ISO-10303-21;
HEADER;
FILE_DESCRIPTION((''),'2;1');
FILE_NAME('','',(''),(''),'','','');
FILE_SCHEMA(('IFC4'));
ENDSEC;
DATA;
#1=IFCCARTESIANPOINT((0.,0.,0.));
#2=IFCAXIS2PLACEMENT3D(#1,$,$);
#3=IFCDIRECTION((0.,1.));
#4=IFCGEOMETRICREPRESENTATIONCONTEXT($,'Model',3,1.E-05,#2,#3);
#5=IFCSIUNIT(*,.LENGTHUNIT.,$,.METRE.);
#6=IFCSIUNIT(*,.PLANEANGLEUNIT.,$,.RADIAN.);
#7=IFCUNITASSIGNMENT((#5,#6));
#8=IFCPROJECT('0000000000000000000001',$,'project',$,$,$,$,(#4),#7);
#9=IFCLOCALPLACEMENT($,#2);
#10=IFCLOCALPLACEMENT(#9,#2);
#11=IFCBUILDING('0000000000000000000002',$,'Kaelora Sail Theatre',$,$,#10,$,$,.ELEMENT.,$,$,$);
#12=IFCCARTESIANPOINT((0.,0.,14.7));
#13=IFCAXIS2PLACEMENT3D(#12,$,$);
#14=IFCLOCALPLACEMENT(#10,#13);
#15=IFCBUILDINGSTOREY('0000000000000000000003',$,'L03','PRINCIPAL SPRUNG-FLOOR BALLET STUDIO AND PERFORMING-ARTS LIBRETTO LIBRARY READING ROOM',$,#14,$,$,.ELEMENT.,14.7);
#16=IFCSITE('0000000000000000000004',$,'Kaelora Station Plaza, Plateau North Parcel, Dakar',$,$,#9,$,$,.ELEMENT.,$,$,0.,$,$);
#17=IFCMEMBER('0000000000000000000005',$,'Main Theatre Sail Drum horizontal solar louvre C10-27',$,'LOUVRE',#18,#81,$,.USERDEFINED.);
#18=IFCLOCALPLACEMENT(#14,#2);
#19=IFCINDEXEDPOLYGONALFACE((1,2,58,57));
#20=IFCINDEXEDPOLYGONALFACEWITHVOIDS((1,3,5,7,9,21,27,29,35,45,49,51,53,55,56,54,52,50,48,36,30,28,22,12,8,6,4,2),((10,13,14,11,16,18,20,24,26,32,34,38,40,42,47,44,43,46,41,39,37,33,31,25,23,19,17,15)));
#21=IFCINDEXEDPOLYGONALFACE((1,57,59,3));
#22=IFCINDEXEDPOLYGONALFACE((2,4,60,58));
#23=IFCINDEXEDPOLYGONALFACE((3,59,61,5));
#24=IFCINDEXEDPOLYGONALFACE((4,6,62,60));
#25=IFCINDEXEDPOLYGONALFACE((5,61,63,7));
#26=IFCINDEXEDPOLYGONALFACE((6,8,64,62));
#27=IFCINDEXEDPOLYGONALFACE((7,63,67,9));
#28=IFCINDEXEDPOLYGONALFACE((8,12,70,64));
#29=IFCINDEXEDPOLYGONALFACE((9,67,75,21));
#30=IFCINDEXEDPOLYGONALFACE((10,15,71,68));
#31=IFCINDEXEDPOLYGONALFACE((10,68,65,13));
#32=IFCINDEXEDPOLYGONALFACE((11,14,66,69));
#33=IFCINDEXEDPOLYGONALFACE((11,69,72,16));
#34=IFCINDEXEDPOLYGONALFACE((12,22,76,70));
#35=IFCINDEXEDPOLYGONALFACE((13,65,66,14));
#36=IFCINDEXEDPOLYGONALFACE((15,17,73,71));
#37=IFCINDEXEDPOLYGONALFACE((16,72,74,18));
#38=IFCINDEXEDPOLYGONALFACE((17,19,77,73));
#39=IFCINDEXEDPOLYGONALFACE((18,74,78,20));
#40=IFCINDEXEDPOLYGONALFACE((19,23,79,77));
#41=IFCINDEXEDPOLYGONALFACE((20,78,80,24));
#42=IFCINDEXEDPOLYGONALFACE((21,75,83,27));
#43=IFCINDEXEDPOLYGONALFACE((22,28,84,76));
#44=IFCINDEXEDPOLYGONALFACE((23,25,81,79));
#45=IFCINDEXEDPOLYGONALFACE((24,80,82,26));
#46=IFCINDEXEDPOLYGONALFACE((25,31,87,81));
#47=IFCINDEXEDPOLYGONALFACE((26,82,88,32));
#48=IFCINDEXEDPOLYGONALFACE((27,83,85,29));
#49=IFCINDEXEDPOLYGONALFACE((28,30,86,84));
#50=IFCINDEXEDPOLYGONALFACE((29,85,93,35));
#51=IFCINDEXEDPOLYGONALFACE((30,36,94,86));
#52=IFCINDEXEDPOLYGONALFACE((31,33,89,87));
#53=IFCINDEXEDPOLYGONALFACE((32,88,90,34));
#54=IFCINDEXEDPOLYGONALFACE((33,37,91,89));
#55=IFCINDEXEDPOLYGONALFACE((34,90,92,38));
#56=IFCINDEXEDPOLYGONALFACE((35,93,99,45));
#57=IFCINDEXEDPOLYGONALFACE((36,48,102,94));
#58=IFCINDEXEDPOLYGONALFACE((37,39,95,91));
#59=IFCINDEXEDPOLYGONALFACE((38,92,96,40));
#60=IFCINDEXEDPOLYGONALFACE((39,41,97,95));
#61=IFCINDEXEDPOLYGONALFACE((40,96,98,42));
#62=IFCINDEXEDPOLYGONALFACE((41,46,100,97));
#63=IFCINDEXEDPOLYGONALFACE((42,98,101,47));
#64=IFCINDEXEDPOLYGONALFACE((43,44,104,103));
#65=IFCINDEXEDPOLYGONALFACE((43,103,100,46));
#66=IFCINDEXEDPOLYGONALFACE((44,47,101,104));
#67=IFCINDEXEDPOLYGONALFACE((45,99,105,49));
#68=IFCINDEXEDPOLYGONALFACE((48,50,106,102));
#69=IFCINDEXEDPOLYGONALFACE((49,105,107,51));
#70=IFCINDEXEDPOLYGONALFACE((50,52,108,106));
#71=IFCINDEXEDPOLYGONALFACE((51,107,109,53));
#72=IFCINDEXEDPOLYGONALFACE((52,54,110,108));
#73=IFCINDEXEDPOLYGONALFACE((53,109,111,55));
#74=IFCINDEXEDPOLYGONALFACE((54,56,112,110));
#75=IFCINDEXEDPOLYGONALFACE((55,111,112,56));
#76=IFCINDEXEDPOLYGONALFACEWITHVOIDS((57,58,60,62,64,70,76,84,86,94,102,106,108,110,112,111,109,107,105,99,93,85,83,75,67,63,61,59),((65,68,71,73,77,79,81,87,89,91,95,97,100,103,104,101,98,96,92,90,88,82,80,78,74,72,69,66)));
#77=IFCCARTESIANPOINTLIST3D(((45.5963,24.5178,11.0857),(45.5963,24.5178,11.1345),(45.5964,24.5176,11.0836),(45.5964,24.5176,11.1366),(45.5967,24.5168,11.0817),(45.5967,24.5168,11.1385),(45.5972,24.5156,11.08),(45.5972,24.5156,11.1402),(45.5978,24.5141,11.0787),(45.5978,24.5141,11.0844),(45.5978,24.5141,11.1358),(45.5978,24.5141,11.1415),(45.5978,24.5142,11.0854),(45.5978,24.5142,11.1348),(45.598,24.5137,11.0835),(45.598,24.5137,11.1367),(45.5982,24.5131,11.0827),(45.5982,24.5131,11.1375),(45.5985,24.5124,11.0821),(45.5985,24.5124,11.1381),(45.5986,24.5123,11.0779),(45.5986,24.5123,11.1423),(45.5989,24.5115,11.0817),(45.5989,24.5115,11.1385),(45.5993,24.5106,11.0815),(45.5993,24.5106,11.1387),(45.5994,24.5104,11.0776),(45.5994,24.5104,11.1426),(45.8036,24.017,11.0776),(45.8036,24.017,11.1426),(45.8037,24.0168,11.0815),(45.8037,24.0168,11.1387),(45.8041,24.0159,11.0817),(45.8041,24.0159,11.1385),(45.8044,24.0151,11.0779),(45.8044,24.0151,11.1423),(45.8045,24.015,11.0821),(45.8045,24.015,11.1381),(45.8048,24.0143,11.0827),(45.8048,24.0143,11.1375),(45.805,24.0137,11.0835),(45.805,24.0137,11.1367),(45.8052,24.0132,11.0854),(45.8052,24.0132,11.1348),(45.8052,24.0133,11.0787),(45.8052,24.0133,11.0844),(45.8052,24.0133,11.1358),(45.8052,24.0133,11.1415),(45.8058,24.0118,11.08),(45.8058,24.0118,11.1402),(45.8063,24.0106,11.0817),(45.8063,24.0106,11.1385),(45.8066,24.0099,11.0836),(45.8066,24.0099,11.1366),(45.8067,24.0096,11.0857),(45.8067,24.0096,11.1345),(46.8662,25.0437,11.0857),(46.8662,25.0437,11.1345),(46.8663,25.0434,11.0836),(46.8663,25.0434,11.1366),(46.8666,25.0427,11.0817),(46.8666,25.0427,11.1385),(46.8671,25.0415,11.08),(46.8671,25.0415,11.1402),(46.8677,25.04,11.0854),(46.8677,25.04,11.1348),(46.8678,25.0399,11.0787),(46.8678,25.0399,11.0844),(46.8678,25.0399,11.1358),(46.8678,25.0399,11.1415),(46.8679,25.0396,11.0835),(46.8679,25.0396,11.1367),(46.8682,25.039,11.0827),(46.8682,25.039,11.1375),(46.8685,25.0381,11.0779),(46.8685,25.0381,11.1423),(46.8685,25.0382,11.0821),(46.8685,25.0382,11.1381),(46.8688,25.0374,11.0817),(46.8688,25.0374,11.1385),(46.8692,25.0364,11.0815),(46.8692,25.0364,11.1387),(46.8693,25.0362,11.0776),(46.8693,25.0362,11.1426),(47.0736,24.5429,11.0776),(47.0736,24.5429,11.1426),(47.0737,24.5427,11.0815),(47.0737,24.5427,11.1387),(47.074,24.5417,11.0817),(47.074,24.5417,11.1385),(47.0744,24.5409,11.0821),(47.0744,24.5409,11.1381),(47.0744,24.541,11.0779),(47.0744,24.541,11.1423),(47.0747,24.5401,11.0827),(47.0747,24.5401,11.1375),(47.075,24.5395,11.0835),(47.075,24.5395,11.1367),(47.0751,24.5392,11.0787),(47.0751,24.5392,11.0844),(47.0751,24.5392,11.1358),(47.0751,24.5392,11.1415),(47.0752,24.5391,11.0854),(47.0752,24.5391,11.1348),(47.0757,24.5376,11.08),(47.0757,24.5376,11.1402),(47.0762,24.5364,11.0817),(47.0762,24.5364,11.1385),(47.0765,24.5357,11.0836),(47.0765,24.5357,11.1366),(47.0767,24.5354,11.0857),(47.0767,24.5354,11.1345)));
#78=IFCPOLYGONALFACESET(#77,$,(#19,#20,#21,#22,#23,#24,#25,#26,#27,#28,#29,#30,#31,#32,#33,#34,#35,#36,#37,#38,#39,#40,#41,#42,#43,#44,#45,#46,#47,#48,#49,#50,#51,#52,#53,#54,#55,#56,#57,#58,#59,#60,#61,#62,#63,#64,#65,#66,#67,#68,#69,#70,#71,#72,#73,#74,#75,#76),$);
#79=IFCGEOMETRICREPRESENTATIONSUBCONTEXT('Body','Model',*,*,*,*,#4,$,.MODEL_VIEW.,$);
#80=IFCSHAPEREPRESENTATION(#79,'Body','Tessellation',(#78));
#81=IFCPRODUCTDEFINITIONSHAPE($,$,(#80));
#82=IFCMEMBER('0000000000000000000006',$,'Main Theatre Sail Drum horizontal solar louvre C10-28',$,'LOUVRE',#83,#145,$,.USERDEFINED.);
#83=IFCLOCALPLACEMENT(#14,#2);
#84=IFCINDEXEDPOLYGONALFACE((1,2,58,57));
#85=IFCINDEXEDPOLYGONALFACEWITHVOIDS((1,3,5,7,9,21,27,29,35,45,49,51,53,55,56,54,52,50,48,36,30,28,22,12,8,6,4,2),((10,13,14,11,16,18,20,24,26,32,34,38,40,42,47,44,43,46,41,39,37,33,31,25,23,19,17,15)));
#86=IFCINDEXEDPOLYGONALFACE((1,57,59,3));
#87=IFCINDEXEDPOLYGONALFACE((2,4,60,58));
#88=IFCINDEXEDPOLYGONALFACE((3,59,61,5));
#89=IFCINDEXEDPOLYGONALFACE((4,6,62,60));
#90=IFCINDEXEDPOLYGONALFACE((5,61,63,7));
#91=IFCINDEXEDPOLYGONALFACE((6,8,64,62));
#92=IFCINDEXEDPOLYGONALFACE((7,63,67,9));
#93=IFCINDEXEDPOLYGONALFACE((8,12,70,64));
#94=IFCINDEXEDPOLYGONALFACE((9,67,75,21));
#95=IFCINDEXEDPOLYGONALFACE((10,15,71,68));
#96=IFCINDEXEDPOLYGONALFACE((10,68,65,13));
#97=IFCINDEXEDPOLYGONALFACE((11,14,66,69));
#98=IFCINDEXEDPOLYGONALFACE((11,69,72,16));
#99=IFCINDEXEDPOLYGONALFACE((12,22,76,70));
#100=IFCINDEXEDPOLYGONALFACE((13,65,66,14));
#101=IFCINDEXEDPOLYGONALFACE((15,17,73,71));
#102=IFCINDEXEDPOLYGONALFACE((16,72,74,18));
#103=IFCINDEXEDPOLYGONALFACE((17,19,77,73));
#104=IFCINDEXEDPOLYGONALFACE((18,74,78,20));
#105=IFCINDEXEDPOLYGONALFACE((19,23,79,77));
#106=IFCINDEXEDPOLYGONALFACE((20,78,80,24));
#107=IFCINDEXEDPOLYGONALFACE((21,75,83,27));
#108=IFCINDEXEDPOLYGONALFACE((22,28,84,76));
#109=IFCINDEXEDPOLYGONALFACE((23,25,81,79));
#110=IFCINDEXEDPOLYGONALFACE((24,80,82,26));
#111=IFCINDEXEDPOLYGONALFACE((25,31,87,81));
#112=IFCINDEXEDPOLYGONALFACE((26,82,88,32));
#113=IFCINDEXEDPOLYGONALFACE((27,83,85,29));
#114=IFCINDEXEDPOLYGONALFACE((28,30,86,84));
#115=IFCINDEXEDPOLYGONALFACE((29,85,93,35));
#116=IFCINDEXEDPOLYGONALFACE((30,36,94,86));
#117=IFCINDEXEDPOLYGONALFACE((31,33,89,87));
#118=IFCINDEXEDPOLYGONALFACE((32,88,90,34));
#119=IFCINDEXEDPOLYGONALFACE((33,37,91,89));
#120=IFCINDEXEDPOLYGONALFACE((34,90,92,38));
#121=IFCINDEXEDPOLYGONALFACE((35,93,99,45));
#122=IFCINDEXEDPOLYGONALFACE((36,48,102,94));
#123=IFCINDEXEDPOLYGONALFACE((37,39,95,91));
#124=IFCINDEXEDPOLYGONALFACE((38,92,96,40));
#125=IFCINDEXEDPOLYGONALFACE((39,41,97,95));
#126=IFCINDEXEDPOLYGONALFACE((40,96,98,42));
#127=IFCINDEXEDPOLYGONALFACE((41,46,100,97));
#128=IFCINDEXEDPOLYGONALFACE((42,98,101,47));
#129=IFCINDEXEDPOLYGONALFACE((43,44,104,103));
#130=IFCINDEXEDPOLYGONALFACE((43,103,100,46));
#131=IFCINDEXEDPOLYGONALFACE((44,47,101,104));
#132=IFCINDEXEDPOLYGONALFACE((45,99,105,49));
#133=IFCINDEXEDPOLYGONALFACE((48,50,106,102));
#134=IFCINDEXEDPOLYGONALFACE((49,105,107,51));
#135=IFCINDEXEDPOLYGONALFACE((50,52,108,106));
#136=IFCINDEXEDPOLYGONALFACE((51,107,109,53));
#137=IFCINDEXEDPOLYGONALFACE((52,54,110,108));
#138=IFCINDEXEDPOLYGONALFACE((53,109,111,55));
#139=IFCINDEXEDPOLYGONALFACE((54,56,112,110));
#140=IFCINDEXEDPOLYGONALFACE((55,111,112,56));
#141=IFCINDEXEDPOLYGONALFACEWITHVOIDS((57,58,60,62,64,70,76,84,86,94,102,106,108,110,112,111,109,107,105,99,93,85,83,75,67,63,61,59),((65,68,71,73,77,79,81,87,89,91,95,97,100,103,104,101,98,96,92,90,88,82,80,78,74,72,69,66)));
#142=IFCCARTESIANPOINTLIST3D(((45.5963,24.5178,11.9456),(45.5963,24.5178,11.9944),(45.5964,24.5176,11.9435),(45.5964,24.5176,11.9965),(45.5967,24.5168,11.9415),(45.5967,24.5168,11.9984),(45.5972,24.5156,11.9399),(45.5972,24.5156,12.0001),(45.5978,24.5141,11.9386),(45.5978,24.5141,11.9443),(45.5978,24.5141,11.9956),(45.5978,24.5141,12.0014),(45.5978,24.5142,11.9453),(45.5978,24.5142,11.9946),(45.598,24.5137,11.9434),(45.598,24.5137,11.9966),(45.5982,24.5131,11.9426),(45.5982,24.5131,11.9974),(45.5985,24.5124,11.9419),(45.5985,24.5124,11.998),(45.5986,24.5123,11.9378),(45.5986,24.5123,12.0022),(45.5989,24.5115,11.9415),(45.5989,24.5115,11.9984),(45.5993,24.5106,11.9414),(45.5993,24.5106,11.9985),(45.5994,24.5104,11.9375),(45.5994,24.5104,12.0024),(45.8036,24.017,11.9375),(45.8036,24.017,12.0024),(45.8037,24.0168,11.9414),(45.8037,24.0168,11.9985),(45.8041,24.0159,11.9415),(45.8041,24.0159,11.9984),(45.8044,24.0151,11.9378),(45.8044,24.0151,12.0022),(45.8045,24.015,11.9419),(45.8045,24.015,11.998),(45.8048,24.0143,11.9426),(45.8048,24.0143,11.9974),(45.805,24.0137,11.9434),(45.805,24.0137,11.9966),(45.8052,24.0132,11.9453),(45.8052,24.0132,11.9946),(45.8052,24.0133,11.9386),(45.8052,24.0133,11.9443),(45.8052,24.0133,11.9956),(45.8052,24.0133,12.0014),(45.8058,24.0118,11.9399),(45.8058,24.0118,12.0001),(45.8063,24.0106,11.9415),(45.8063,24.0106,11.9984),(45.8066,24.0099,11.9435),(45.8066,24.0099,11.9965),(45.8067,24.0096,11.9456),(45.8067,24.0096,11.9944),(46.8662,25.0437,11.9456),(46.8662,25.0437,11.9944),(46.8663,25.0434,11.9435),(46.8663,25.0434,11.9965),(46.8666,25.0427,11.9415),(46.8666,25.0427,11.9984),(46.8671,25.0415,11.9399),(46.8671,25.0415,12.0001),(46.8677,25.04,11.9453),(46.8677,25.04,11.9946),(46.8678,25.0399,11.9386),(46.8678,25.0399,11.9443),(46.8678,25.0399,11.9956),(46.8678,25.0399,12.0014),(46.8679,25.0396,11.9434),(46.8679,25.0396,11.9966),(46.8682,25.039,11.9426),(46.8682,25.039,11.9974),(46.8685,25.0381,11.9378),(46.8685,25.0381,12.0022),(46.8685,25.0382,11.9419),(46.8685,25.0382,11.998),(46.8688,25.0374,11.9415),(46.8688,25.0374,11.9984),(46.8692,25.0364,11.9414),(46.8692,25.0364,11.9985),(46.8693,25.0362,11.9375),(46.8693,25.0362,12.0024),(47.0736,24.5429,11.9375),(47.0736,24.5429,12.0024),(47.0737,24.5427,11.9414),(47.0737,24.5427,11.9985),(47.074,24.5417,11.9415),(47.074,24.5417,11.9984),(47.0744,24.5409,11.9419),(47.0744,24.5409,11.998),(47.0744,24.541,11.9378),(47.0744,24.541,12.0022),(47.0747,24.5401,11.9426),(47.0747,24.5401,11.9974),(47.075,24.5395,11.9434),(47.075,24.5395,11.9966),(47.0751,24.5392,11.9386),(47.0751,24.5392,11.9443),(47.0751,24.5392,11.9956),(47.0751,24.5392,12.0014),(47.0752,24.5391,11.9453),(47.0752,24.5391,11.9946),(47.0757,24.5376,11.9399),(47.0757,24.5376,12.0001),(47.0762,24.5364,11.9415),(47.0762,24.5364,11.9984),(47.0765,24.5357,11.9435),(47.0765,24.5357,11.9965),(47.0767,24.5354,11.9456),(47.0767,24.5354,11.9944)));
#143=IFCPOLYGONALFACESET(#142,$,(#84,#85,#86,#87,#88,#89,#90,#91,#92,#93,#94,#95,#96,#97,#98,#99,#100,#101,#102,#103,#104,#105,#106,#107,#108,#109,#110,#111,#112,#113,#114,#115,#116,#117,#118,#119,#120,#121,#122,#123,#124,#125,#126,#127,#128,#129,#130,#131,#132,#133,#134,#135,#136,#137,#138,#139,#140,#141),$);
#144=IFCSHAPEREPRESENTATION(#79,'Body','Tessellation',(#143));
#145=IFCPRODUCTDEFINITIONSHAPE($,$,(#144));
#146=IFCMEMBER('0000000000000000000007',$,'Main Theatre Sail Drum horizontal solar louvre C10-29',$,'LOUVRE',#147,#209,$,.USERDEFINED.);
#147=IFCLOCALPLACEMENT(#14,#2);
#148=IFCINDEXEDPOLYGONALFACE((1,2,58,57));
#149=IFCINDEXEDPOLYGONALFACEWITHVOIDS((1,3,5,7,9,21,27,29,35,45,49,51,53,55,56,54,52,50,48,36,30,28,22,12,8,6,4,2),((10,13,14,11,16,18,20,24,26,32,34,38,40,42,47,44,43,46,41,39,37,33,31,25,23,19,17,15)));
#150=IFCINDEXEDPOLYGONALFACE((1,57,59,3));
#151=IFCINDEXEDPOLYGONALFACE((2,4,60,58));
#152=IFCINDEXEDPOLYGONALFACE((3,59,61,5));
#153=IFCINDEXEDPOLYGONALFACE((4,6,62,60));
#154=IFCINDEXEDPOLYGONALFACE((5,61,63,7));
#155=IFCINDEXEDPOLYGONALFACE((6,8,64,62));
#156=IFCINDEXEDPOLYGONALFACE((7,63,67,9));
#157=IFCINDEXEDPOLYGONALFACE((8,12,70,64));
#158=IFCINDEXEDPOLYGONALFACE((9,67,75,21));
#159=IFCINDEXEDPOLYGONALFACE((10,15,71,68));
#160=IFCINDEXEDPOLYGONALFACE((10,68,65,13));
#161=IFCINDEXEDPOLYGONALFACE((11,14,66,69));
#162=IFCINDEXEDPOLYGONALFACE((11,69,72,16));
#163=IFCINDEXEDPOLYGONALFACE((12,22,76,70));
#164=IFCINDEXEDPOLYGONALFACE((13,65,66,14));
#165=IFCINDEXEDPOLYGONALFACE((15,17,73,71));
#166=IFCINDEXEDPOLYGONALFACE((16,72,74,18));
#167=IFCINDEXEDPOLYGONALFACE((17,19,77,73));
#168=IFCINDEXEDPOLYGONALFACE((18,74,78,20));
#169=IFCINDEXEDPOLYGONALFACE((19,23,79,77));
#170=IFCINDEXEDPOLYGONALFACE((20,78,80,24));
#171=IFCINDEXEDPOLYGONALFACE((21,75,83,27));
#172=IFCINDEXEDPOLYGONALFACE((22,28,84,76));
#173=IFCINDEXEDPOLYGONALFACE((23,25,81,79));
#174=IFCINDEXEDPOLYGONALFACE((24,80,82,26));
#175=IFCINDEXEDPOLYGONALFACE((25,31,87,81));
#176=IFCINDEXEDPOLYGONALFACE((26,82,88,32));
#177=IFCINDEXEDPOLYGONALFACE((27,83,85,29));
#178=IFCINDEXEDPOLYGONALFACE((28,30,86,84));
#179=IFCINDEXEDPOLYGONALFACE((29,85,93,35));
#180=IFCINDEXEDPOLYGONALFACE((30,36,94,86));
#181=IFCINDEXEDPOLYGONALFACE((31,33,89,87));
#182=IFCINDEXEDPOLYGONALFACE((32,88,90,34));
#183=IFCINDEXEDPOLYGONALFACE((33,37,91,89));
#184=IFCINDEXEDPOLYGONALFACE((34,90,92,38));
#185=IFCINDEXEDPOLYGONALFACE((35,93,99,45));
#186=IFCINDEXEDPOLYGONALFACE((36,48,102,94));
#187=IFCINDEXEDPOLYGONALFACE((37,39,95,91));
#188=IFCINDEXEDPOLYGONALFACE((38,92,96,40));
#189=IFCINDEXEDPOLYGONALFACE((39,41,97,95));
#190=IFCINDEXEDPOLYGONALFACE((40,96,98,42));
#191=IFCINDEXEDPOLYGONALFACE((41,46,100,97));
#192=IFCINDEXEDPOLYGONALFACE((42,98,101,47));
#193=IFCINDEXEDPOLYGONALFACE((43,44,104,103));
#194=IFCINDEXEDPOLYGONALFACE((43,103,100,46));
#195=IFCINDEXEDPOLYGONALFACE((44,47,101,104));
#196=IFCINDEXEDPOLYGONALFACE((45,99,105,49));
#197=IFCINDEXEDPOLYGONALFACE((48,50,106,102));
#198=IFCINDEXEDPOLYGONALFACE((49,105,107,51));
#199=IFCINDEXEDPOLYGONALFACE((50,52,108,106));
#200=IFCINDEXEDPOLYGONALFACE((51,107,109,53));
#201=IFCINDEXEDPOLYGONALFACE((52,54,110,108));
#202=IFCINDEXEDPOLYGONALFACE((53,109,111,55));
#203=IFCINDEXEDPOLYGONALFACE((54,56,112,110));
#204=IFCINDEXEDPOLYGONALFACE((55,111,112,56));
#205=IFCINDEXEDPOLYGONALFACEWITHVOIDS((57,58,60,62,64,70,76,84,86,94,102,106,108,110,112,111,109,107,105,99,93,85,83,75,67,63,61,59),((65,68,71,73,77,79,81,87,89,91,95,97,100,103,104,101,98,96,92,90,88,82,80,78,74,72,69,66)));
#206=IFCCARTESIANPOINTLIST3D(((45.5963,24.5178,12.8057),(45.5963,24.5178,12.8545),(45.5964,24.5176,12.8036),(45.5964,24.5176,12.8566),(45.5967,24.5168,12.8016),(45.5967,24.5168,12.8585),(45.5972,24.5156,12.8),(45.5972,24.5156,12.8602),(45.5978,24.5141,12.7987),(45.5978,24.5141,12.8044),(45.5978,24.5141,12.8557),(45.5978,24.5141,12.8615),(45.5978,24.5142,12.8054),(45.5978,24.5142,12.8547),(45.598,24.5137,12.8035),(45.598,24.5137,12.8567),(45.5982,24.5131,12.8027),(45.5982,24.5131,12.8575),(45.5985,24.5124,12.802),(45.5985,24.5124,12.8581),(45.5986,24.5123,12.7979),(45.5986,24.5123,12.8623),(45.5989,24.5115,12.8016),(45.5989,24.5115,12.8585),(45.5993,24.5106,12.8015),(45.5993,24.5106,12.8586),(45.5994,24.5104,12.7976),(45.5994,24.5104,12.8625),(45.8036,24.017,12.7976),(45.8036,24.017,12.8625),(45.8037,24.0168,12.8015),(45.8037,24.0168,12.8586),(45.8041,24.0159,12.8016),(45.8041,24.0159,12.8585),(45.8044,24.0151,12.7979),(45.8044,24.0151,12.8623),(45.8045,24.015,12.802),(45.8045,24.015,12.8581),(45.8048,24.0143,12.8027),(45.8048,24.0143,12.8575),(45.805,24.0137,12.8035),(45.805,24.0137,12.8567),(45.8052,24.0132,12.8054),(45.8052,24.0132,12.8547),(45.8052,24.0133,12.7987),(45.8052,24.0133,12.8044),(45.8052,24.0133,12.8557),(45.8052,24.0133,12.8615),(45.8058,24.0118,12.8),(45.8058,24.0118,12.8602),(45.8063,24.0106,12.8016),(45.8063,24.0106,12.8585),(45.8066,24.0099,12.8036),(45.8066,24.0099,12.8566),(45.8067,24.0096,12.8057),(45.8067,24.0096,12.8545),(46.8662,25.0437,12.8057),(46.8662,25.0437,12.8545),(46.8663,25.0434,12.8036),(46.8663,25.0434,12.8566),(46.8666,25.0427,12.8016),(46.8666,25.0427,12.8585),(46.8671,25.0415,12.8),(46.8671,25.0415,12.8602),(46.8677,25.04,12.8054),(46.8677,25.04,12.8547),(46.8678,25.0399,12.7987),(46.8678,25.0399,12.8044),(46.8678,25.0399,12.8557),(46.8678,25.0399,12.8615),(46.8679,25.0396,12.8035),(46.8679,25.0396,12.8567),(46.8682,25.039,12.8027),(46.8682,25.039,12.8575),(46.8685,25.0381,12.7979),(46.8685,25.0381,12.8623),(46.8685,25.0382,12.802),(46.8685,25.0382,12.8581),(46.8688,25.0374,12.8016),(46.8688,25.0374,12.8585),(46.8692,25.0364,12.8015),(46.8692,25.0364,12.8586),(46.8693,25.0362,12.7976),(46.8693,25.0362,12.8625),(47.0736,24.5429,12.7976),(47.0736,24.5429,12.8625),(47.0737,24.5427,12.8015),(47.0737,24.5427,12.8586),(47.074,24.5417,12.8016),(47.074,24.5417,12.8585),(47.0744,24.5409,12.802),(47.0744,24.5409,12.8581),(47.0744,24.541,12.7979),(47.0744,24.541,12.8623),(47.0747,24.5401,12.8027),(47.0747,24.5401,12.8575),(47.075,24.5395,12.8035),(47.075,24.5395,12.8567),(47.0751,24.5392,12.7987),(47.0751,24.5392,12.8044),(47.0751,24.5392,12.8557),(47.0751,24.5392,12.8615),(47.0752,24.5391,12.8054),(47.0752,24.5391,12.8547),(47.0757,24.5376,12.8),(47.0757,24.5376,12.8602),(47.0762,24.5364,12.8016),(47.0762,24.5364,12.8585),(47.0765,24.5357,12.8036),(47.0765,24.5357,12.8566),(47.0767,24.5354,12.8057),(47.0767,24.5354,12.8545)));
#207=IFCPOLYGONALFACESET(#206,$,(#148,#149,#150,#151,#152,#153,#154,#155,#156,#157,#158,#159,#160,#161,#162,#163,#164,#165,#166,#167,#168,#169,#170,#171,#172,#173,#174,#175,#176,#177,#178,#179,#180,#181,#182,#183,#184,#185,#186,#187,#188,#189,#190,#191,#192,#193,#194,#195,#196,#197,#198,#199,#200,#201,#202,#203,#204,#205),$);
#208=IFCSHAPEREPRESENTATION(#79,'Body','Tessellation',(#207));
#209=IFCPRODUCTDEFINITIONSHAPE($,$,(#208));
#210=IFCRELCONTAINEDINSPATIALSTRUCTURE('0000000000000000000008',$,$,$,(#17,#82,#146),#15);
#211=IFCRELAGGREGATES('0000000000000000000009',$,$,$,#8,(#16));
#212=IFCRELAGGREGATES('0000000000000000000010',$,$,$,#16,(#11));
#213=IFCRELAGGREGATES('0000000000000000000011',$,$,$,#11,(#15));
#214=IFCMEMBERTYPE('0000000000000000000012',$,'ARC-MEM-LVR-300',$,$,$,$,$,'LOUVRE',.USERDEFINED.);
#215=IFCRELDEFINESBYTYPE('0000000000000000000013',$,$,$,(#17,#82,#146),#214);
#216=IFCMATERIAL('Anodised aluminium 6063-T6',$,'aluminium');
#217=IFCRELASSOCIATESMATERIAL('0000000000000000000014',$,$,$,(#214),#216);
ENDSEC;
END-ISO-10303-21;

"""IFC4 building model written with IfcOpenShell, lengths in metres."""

from ifc_helpers import new_model, si_unit, direction, frame, origin, origin_2d, place, context, subcontext, project, spatial, hollow_rectangle, extrude, material, material_profile, profile_set, type_object, element, save


model = new_model("IFC4")

# Units and contexts
model_context = context("Model", 3, precision=1e-05, world=origin(), true_north=direction((0.0, 1.0)))
body_context = subcontext(model_context, "Body", "Model", "MODEL_VIEW")
ifc_project = project(units=[si_unit("LENGTHUNIT", "METRE"), si_unit("PLANEANGLEUNIT", "RADIAN")], contexts=[model_context])

# Site, building, storey
site_placement = place(None, origin())
site = spatial("IfcSite", under=ifc_project, at=site_placement, Name="Kaelora Station Plaza, Plateau North Parcel, Dakar", CompositionType="ELEMENT", RefElevation=0.0)
building_placement = place(site_placement, origin())
building = spatial("IfcBuilding", under=site, at=building_placement, Name="Kaelora Sail Theatre", CompositionType="ELEMENT")
storey_placement = place(building_placement, frame((0.0, 0.0, 14.7)))
storey = spatial("IfcBuildingStorey", under=building, at=storey_placement, Name="L03", Description="PRINCIPAL SPRUNG-FLOOR BALLET STUDIO AND PERFORMING-ARTS LIBRETTO LIBRARY READING ROOM", CompositionType="ELEMENT", Elevation=14.7)

# Members
ifc_material = material(Name="Anodised aluminium 6063-T6", Category="aluminium")
ifc_material_profile = material_profile(ifc_material, hollow_rectangle(XDim=0.55, YDim=0.0649, WallThickness=0.0039, InnerFilletRadius=0.0039, OuterFilletRadius=0.0081, at=origin_2d()), Name="LOUVRE 550x65x4")
ifc_profile_set = profile_set([ifc_material_profile], Name="Anodised aluminium 6063-T6")
member_type = type_object("IfcMemberType", Name="ARC-MEM-LVR-300", ElementType="LOUVRE", PredefinedType="USERDEFINED", material=ifc_profile_set)
for number, where, z_axis, x_axis, name in (
    (1, (46.9714, 24.7896, 11.1101), (-0.923926, -0.382571, 0.0), (0.382571, -0.923926, 0.0), "Main Theatre Sail Drum horizontal solar louvre C10-27"),
    (2, (46.9714, 24.7896, 11.97), (-0.923926, -0.382571, 0.0), (0.382571, -0.923926, 0.0), "Main Theatre Sail Drum horizontal solar louvre C10-28"),
    (3, (46.9714, 24.7896, 12.8301), (-0.923926, -0.382571, 0.0), (0.382571, -0.923926, 0.0), "Main Theatre Sail Drum horizontal solar louvre C10-29"),
):
    element("IfcMember", number, at=place(storey_placement, frame(where, z_axis=z_axis, x_axis=x_axis)), inside=storey, type_object=member_type, Name=name, ObjectType="LOUVRE", PredefinedType="USERDEFINED", context=body_context, shape_type="SweptSolid", body=[
        extrude(hollow_rectangle(XDim=0.55, YDim=0.0649, WallThickness=0.0039, InnerFilletRadius=0.0039, OuterFilletRadius=0.0081, at=origin_2d()), origin(), (0.0, 0.0, 1.0), 1.3745),
    ])

save(model, "model.ifc")
